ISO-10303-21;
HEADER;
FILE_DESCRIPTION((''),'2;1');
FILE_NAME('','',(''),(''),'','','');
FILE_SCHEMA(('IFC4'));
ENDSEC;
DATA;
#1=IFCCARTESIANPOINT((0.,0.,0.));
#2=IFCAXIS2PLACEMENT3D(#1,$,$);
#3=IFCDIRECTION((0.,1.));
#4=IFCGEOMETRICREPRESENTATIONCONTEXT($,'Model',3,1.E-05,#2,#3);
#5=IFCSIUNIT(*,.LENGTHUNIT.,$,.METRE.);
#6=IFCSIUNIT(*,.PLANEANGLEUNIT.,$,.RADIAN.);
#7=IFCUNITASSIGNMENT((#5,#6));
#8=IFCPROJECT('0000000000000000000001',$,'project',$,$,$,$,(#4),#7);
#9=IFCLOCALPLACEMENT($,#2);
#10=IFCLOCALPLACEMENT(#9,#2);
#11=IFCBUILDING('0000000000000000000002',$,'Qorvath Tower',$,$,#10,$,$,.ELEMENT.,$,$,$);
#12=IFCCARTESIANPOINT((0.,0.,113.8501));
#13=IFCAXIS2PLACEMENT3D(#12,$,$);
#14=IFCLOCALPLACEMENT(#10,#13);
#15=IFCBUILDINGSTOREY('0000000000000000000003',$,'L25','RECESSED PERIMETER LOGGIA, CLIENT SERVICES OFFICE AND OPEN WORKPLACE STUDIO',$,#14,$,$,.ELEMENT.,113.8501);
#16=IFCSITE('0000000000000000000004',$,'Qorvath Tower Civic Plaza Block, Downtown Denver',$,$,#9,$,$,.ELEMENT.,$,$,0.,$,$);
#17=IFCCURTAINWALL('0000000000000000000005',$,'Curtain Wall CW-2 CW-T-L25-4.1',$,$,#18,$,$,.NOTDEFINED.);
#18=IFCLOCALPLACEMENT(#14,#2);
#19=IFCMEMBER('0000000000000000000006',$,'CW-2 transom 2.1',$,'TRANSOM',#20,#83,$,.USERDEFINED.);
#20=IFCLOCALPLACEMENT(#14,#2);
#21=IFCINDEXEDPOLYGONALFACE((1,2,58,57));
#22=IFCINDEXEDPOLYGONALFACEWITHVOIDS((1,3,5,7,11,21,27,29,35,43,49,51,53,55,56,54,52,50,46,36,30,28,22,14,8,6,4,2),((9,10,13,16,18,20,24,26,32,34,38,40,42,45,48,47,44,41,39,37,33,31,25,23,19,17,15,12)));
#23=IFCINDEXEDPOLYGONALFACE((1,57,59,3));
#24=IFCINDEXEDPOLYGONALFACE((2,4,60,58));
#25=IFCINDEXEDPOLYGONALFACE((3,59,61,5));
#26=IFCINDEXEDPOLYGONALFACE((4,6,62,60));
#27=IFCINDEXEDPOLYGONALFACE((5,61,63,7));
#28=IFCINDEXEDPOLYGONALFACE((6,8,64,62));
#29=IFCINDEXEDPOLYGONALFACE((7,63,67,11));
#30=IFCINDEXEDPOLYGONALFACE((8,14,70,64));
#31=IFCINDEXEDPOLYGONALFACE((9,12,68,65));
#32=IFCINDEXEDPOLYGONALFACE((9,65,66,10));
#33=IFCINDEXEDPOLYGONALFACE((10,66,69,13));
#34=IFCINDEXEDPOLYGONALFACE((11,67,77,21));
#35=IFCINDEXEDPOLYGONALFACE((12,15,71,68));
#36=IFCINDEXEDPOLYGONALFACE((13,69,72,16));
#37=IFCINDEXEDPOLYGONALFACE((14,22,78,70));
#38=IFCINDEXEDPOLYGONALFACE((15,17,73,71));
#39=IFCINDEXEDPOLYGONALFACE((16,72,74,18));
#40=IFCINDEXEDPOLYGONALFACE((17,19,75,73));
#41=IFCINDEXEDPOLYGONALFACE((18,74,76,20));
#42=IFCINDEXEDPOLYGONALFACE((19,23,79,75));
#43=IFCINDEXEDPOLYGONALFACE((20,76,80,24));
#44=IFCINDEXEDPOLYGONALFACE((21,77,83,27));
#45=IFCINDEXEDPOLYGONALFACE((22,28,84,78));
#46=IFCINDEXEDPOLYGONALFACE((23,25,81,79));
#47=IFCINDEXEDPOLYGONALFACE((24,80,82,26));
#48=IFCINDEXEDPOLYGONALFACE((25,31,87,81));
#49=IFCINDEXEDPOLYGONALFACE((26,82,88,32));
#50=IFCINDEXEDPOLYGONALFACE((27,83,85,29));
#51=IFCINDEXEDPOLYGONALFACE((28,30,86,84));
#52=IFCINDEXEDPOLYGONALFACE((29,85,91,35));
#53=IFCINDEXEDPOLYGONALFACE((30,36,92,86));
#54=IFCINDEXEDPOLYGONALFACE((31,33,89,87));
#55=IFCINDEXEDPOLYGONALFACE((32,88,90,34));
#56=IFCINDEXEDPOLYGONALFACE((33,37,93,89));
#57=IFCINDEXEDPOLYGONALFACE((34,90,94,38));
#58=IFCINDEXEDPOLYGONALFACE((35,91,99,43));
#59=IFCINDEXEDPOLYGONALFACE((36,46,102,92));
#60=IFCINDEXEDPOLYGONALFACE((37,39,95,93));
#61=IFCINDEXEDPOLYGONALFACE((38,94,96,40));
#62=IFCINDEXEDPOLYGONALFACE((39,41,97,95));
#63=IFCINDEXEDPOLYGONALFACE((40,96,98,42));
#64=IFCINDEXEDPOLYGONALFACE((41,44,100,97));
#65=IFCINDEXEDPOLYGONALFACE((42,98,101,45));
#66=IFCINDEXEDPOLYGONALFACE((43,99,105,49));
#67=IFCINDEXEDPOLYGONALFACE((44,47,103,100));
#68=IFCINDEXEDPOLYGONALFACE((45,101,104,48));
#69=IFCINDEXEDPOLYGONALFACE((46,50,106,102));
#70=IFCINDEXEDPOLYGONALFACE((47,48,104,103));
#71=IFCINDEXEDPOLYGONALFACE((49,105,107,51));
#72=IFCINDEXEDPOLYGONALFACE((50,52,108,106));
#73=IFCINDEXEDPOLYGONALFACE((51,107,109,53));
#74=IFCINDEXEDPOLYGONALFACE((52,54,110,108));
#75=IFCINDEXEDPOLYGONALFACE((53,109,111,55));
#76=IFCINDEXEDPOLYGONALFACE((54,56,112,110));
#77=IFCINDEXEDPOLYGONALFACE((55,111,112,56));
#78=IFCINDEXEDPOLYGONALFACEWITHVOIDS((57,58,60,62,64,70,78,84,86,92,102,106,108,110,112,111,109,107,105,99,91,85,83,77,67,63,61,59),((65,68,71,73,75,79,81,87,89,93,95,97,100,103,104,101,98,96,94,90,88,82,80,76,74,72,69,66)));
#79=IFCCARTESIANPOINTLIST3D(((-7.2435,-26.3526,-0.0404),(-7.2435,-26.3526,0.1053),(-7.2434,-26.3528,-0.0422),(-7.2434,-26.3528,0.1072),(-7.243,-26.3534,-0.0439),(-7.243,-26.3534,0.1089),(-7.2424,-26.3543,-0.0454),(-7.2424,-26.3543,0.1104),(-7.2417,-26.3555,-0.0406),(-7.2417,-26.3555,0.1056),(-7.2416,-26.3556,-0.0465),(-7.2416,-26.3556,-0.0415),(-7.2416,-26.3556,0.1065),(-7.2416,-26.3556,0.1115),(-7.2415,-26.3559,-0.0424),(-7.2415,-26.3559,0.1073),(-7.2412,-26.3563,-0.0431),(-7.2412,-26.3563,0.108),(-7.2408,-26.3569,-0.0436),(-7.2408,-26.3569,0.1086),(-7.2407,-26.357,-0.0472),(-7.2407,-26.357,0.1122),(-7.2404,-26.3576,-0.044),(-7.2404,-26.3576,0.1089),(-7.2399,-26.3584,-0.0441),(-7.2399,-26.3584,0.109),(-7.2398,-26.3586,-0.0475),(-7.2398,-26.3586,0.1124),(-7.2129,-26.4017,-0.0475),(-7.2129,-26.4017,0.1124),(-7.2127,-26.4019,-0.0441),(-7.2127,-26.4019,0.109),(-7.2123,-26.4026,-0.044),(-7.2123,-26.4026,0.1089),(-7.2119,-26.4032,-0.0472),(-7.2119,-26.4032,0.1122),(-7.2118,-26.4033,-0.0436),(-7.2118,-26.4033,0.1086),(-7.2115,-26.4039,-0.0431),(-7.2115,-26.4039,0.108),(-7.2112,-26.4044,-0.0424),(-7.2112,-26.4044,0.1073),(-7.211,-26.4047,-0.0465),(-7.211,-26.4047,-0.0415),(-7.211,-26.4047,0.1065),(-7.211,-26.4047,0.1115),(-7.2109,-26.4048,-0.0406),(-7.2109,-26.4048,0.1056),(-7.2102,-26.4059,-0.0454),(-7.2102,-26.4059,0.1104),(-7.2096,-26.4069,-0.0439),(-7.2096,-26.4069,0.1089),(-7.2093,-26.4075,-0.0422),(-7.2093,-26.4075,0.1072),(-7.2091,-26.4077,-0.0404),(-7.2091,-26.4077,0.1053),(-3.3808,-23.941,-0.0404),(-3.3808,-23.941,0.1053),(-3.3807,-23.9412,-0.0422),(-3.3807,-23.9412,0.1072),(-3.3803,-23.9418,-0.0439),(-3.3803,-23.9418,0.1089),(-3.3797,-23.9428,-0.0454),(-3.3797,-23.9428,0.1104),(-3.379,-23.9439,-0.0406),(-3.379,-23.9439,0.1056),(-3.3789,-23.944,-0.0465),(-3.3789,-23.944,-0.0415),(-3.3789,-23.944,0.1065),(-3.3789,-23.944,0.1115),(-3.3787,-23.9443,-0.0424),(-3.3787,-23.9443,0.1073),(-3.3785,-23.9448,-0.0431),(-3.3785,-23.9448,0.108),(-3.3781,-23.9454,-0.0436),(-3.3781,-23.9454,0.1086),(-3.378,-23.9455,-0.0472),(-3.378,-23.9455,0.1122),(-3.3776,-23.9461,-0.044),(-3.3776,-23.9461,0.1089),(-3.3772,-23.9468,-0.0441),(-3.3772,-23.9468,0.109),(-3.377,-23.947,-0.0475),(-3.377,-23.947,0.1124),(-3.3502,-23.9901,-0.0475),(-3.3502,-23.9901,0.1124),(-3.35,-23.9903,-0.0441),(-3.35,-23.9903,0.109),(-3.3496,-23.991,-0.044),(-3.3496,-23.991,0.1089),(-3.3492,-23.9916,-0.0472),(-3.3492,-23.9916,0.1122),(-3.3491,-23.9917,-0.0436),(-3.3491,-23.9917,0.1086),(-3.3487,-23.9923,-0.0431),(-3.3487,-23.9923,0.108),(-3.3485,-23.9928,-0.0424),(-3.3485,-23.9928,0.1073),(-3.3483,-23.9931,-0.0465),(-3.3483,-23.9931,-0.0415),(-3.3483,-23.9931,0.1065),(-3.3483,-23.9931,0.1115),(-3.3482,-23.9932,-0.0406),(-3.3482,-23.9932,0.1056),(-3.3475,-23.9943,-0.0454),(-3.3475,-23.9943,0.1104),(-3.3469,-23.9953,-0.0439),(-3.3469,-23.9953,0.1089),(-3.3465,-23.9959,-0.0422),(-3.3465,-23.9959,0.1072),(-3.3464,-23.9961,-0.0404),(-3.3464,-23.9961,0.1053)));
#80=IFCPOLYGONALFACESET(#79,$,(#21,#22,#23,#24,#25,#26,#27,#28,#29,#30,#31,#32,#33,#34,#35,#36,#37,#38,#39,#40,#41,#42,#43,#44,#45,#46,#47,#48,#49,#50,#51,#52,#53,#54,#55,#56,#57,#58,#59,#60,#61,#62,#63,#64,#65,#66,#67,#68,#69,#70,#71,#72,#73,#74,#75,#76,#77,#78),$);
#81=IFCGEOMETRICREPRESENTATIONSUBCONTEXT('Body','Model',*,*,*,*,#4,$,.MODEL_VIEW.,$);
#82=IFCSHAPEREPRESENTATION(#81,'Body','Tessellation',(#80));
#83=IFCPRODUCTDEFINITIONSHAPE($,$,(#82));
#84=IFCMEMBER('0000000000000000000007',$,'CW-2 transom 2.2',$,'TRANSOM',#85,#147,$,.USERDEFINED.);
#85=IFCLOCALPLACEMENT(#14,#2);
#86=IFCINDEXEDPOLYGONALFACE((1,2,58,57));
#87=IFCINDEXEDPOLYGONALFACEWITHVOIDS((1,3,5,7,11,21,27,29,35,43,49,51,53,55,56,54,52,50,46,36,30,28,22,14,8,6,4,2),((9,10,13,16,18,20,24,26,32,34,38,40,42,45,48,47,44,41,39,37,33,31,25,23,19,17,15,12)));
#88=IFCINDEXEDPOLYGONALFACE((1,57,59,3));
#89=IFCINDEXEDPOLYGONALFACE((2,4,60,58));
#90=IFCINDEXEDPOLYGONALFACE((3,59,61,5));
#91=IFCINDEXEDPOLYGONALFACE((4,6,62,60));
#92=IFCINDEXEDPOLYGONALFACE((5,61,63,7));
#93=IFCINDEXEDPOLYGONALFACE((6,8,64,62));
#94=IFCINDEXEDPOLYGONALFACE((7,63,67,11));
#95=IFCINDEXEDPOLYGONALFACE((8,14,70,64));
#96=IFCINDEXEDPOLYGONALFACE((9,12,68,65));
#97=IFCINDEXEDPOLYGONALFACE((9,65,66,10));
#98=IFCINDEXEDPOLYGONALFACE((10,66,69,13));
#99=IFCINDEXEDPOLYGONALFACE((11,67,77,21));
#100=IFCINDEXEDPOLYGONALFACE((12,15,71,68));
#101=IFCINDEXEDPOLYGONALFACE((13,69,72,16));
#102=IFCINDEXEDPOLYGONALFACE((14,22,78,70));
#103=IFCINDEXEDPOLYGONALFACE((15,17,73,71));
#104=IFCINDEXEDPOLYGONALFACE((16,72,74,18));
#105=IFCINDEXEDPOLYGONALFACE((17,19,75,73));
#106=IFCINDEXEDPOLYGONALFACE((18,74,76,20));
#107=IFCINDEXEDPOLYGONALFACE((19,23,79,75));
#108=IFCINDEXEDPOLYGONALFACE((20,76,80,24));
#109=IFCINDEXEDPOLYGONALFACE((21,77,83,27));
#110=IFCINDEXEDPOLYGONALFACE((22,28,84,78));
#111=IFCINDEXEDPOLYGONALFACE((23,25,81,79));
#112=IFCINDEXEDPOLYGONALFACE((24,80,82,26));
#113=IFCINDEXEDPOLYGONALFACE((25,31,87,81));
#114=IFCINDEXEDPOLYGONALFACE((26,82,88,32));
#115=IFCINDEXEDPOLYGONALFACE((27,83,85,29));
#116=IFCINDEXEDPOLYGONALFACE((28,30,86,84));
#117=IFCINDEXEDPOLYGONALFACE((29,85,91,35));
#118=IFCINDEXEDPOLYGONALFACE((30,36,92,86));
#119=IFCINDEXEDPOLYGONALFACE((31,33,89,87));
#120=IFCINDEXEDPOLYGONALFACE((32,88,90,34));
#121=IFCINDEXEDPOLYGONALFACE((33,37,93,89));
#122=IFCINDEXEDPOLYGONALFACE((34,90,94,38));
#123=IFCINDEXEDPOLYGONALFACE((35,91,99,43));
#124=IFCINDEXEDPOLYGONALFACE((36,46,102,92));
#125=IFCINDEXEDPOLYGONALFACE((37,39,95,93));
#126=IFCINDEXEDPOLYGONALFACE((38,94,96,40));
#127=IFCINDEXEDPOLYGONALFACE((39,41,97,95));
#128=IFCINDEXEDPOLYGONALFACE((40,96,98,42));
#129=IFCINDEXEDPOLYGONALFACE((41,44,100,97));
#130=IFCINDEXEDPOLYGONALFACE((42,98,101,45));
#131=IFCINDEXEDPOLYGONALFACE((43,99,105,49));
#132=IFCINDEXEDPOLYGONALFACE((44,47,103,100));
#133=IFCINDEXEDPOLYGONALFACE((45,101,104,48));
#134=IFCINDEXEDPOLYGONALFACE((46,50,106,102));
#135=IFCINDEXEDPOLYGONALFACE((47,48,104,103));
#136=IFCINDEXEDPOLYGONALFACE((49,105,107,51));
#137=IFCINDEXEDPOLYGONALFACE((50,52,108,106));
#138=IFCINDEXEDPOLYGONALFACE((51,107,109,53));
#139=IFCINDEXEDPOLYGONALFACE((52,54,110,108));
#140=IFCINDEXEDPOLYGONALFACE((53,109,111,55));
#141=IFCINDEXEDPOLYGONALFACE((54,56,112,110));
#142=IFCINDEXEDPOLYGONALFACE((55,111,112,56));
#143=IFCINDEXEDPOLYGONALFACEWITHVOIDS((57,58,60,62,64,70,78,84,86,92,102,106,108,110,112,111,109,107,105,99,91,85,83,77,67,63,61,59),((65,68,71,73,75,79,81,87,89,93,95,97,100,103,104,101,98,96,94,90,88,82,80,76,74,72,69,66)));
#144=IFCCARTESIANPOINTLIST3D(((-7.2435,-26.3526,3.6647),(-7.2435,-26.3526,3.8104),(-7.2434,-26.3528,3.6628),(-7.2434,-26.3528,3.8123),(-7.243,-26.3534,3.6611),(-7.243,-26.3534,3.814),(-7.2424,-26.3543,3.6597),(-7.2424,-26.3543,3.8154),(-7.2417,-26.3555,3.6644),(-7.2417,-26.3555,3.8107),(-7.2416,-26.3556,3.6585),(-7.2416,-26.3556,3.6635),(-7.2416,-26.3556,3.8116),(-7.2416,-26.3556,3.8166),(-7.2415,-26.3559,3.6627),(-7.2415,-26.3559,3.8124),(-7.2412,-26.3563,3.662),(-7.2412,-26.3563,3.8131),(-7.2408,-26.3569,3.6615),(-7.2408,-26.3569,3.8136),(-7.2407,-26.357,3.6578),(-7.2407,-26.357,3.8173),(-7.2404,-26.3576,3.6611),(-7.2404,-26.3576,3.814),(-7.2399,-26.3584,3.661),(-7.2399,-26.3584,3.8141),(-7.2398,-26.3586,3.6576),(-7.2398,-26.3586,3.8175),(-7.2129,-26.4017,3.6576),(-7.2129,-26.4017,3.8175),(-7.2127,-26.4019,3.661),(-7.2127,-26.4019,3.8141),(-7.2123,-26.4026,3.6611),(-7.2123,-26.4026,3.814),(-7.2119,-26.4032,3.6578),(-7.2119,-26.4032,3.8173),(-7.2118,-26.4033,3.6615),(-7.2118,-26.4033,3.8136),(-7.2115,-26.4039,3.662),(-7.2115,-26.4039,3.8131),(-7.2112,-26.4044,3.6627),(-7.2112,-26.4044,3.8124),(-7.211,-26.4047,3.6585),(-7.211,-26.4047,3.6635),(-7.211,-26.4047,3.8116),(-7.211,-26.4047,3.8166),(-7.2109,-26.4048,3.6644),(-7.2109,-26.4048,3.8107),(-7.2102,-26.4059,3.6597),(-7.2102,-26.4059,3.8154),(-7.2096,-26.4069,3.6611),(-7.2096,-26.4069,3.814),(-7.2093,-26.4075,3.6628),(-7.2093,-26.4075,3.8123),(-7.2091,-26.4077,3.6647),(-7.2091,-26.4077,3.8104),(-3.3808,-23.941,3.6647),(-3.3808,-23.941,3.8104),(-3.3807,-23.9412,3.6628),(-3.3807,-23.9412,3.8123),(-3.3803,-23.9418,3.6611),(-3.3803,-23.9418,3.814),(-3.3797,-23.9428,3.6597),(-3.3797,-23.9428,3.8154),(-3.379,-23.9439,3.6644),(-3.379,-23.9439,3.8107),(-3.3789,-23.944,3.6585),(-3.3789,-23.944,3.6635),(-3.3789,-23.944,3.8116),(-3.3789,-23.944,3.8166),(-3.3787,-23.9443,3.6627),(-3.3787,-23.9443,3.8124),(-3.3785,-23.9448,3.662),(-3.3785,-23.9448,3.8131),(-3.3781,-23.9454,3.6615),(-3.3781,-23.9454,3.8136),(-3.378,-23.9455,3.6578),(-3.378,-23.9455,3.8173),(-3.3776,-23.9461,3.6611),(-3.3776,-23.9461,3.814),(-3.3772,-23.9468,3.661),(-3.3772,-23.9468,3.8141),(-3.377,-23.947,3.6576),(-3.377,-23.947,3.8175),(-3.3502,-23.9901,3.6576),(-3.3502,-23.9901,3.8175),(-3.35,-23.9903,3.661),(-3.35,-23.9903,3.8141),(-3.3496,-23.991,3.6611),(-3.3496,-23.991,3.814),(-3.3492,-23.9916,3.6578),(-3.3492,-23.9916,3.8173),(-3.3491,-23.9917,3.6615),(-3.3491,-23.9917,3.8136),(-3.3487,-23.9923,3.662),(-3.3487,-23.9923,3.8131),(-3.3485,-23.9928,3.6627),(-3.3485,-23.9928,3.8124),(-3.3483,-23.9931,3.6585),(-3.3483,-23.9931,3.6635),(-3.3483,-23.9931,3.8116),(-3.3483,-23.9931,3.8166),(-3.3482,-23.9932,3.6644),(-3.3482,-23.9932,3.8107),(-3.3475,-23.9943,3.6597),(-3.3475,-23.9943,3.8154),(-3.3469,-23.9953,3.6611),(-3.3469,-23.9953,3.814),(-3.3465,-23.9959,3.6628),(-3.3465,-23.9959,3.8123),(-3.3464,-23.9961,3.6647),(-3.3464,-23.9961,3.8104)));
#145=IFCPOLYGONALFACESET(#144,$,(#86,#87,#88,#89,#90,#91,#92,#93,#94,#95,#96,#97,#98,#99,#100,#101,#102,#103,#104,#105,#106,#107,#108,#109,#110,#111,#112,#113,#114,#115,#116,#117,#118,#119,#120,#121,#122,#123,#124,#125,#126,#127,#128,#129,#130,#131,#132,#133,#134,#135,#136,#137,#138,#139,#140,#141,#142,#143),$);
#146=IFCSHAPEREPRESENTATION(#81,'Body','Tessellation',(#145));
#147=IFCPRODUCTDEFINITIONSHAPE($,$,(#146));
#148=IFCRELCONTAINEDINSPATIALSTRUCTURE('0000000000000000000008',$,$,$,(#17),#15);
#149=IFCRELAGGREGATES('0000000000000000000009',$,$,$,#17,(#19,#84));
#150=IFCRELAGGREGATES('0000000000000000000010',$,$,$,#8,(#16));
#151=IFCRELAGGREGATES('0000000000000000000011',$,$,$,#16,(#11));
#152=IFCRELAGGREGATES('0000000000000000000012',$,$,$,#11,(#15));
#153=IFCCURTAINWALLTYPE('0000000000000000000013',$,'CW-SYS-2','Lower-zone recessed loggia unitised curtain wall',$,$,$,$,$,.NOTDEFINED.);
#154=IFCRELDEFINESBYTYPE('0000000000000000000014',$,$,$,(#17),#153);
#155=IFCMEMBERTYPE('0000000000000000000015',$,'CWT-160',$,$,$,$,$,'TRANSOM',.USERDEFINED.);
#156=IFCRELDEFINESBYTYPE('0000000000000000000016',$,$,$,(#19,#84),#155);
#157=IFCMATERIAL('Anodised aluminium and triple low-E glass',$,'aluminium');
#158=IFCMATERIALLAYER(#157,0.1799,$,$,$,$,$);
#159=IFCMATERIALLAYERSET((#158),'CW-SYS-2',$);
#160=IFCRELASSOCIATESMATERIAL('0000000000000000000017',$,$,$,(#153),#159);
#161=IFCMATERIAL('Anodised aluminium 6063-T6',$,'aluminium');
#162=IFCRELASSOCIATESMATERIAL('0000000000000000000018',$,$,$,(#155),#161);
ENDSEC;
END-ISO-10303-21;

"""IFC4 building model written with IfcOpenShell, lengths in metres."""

from ifc_helpers import new_model, si_unit, direction, frame, origin, origin_2d, place, context, subcontext, project, spatial, hollow_rectangle, extrude, material, layer, layer_set, material_profile, profile_set, type_object, element, aggregate, save


model = new_model("IFC4")

# Units and contexts
model_context = context("Model", 3, precision=1e-05, world=origin(), true_north=direction((0.0, 1.0)))
body_context = subcontext(model_context, "Body", "Model", "MODEL_VIEW")
ifc_project = project(units=[si_unit("LENGTHUNIT", "METRE"), si_unit("PLANEANGLEUNIT", "RADIAN")], contexts=[model_context])

# Site, building, storey
site_placement = place(None, origin())
site = spatial("IfcSite", under=ifc_project, at=site_placement, Name="Qorvath Tower Civic Plaza Block, Downtown Denver", CompositionType="ELEMENT", RefElevation=0.0)
building_placement = place(site_placement, origin())
building = spatial("IfcBuilding", under=site, at=building_placement, Name="Qorvath Tower", CompositionType="ELEMENT")
storey_placement = place(building_placement, frame((0.0, 0.0, 113.8501)))
storey = spatial("IfcBuildingStorey", under=building, at=storey_placement, Name="L25", Description="RECESSED PERIMETER LOGGIA, CLIENT SERVICES OFFICE AND OPEN WORKPLACE STUDIO", CompositionType="ELEMENT", Elevation=113.8501)

# Curtain wall
ifc_material_1 = material(Name="Anodised aluminium and triple low-E glass", Category="aluminium")
ifc_layer_1 = layer(ifc_material_1, 0.1799)
ifc_layer_set_1 = layer_set([ifc_layer_1], Name="CW-SYS-2")
curtain_wall_type = type_object("IfcCurtainWallType", Name="CW-SYS-2", Description="Lower-zone recessed loggia unitised curtain wall", PredefinedType="NOTDEFINED", material=ifc_layer_set_1)
curtain_wall_1_placement = place(storey_placement, origin())
curtain_wall_1 = element("IfcCurtainWall", 1, at=curtain_wall_1_placement, inside=storey, type_object=curtain_wall_type, Name="Curtain Wall CW-2 CW-T-L25-4.1", PredefinedType="NOTDEFINED")

# Members
ifc_material_2 = material(Name="Anodised aluminium 6063-T6", Category="aluminium")
ifc_material_profile_1 = material_profile(ifc_material_2, hollow_rectangle(XDim=0.0649, YDim=0.1599, WallThickness=0.0034, InnerFilletRadius=0.0034, OuterFilletRadius=0.0071, at=origin_2d()), Name="CWT 160x65")
ifc_profile_set_1 = profile_set([ifc_material_profile_1], Name="Anodised aluminium 6063-T6")
member_type_1 = type_object("IfcMemberType", Name="CWT-160", ElementType="TRANSOM", PredefinedType="USERDEFINED", material=ifc_profile_set_1)
member_1_placement = place(storey_placement, frame((-7.2263, -26.3801, 0.0325), z_axis=(0.848257, 0.529584, 0.0), x_axis=(-0.529584, 0.848257, 0.0)))
member_1 = element("IfcMember", 2, at=member_1_placement, type_object=member_type_1, Name="CW-2 transom 2.1", ObjectType="TRANSOM", PredefinedType="USERDEFINED", context=body_context, shape_type="SweptSolid", body=[
    extrude(hollow_rectangle(XDim=0.0649, YDim=0.1599, WallThickness=0.0034, InnerFilletRadius=0.0034, OuterFilletRadius=0.0071, at=origin_2d()), origin(), (0.0, 0.0, 1.0), 4.5537),
])
member_2_placement = place(storey_placement, frame((-7.2263, -26.3801, 3.7375), z_axis=(0.848257, 0.529584, 0.0), x_axis=(-0.529584, 0.848257, 0.0)))
member_2 = element("IfcMember", 3, at=member_2_placement, type_object=member_type_1, Name="CW-2 transom 2.2", ObjectType="TRANSOM", PredefinedType="USERDEFINED", context=body_context, shape_type="SweptSolid", body=[
    extrude(hollow_rectangle(XDim=0.0649, YDim=0.1599, WallThickness=0.0034, InnerFilletRadius=0.0034, OuterFilletRadius=0.0071, at=origin_2d()), origin(), (0.0, 0.0, 1.0), 4.5537),
])

aggregate(curtain_wall_1, [member_1, member_2])

save(model, "model.ifc")
